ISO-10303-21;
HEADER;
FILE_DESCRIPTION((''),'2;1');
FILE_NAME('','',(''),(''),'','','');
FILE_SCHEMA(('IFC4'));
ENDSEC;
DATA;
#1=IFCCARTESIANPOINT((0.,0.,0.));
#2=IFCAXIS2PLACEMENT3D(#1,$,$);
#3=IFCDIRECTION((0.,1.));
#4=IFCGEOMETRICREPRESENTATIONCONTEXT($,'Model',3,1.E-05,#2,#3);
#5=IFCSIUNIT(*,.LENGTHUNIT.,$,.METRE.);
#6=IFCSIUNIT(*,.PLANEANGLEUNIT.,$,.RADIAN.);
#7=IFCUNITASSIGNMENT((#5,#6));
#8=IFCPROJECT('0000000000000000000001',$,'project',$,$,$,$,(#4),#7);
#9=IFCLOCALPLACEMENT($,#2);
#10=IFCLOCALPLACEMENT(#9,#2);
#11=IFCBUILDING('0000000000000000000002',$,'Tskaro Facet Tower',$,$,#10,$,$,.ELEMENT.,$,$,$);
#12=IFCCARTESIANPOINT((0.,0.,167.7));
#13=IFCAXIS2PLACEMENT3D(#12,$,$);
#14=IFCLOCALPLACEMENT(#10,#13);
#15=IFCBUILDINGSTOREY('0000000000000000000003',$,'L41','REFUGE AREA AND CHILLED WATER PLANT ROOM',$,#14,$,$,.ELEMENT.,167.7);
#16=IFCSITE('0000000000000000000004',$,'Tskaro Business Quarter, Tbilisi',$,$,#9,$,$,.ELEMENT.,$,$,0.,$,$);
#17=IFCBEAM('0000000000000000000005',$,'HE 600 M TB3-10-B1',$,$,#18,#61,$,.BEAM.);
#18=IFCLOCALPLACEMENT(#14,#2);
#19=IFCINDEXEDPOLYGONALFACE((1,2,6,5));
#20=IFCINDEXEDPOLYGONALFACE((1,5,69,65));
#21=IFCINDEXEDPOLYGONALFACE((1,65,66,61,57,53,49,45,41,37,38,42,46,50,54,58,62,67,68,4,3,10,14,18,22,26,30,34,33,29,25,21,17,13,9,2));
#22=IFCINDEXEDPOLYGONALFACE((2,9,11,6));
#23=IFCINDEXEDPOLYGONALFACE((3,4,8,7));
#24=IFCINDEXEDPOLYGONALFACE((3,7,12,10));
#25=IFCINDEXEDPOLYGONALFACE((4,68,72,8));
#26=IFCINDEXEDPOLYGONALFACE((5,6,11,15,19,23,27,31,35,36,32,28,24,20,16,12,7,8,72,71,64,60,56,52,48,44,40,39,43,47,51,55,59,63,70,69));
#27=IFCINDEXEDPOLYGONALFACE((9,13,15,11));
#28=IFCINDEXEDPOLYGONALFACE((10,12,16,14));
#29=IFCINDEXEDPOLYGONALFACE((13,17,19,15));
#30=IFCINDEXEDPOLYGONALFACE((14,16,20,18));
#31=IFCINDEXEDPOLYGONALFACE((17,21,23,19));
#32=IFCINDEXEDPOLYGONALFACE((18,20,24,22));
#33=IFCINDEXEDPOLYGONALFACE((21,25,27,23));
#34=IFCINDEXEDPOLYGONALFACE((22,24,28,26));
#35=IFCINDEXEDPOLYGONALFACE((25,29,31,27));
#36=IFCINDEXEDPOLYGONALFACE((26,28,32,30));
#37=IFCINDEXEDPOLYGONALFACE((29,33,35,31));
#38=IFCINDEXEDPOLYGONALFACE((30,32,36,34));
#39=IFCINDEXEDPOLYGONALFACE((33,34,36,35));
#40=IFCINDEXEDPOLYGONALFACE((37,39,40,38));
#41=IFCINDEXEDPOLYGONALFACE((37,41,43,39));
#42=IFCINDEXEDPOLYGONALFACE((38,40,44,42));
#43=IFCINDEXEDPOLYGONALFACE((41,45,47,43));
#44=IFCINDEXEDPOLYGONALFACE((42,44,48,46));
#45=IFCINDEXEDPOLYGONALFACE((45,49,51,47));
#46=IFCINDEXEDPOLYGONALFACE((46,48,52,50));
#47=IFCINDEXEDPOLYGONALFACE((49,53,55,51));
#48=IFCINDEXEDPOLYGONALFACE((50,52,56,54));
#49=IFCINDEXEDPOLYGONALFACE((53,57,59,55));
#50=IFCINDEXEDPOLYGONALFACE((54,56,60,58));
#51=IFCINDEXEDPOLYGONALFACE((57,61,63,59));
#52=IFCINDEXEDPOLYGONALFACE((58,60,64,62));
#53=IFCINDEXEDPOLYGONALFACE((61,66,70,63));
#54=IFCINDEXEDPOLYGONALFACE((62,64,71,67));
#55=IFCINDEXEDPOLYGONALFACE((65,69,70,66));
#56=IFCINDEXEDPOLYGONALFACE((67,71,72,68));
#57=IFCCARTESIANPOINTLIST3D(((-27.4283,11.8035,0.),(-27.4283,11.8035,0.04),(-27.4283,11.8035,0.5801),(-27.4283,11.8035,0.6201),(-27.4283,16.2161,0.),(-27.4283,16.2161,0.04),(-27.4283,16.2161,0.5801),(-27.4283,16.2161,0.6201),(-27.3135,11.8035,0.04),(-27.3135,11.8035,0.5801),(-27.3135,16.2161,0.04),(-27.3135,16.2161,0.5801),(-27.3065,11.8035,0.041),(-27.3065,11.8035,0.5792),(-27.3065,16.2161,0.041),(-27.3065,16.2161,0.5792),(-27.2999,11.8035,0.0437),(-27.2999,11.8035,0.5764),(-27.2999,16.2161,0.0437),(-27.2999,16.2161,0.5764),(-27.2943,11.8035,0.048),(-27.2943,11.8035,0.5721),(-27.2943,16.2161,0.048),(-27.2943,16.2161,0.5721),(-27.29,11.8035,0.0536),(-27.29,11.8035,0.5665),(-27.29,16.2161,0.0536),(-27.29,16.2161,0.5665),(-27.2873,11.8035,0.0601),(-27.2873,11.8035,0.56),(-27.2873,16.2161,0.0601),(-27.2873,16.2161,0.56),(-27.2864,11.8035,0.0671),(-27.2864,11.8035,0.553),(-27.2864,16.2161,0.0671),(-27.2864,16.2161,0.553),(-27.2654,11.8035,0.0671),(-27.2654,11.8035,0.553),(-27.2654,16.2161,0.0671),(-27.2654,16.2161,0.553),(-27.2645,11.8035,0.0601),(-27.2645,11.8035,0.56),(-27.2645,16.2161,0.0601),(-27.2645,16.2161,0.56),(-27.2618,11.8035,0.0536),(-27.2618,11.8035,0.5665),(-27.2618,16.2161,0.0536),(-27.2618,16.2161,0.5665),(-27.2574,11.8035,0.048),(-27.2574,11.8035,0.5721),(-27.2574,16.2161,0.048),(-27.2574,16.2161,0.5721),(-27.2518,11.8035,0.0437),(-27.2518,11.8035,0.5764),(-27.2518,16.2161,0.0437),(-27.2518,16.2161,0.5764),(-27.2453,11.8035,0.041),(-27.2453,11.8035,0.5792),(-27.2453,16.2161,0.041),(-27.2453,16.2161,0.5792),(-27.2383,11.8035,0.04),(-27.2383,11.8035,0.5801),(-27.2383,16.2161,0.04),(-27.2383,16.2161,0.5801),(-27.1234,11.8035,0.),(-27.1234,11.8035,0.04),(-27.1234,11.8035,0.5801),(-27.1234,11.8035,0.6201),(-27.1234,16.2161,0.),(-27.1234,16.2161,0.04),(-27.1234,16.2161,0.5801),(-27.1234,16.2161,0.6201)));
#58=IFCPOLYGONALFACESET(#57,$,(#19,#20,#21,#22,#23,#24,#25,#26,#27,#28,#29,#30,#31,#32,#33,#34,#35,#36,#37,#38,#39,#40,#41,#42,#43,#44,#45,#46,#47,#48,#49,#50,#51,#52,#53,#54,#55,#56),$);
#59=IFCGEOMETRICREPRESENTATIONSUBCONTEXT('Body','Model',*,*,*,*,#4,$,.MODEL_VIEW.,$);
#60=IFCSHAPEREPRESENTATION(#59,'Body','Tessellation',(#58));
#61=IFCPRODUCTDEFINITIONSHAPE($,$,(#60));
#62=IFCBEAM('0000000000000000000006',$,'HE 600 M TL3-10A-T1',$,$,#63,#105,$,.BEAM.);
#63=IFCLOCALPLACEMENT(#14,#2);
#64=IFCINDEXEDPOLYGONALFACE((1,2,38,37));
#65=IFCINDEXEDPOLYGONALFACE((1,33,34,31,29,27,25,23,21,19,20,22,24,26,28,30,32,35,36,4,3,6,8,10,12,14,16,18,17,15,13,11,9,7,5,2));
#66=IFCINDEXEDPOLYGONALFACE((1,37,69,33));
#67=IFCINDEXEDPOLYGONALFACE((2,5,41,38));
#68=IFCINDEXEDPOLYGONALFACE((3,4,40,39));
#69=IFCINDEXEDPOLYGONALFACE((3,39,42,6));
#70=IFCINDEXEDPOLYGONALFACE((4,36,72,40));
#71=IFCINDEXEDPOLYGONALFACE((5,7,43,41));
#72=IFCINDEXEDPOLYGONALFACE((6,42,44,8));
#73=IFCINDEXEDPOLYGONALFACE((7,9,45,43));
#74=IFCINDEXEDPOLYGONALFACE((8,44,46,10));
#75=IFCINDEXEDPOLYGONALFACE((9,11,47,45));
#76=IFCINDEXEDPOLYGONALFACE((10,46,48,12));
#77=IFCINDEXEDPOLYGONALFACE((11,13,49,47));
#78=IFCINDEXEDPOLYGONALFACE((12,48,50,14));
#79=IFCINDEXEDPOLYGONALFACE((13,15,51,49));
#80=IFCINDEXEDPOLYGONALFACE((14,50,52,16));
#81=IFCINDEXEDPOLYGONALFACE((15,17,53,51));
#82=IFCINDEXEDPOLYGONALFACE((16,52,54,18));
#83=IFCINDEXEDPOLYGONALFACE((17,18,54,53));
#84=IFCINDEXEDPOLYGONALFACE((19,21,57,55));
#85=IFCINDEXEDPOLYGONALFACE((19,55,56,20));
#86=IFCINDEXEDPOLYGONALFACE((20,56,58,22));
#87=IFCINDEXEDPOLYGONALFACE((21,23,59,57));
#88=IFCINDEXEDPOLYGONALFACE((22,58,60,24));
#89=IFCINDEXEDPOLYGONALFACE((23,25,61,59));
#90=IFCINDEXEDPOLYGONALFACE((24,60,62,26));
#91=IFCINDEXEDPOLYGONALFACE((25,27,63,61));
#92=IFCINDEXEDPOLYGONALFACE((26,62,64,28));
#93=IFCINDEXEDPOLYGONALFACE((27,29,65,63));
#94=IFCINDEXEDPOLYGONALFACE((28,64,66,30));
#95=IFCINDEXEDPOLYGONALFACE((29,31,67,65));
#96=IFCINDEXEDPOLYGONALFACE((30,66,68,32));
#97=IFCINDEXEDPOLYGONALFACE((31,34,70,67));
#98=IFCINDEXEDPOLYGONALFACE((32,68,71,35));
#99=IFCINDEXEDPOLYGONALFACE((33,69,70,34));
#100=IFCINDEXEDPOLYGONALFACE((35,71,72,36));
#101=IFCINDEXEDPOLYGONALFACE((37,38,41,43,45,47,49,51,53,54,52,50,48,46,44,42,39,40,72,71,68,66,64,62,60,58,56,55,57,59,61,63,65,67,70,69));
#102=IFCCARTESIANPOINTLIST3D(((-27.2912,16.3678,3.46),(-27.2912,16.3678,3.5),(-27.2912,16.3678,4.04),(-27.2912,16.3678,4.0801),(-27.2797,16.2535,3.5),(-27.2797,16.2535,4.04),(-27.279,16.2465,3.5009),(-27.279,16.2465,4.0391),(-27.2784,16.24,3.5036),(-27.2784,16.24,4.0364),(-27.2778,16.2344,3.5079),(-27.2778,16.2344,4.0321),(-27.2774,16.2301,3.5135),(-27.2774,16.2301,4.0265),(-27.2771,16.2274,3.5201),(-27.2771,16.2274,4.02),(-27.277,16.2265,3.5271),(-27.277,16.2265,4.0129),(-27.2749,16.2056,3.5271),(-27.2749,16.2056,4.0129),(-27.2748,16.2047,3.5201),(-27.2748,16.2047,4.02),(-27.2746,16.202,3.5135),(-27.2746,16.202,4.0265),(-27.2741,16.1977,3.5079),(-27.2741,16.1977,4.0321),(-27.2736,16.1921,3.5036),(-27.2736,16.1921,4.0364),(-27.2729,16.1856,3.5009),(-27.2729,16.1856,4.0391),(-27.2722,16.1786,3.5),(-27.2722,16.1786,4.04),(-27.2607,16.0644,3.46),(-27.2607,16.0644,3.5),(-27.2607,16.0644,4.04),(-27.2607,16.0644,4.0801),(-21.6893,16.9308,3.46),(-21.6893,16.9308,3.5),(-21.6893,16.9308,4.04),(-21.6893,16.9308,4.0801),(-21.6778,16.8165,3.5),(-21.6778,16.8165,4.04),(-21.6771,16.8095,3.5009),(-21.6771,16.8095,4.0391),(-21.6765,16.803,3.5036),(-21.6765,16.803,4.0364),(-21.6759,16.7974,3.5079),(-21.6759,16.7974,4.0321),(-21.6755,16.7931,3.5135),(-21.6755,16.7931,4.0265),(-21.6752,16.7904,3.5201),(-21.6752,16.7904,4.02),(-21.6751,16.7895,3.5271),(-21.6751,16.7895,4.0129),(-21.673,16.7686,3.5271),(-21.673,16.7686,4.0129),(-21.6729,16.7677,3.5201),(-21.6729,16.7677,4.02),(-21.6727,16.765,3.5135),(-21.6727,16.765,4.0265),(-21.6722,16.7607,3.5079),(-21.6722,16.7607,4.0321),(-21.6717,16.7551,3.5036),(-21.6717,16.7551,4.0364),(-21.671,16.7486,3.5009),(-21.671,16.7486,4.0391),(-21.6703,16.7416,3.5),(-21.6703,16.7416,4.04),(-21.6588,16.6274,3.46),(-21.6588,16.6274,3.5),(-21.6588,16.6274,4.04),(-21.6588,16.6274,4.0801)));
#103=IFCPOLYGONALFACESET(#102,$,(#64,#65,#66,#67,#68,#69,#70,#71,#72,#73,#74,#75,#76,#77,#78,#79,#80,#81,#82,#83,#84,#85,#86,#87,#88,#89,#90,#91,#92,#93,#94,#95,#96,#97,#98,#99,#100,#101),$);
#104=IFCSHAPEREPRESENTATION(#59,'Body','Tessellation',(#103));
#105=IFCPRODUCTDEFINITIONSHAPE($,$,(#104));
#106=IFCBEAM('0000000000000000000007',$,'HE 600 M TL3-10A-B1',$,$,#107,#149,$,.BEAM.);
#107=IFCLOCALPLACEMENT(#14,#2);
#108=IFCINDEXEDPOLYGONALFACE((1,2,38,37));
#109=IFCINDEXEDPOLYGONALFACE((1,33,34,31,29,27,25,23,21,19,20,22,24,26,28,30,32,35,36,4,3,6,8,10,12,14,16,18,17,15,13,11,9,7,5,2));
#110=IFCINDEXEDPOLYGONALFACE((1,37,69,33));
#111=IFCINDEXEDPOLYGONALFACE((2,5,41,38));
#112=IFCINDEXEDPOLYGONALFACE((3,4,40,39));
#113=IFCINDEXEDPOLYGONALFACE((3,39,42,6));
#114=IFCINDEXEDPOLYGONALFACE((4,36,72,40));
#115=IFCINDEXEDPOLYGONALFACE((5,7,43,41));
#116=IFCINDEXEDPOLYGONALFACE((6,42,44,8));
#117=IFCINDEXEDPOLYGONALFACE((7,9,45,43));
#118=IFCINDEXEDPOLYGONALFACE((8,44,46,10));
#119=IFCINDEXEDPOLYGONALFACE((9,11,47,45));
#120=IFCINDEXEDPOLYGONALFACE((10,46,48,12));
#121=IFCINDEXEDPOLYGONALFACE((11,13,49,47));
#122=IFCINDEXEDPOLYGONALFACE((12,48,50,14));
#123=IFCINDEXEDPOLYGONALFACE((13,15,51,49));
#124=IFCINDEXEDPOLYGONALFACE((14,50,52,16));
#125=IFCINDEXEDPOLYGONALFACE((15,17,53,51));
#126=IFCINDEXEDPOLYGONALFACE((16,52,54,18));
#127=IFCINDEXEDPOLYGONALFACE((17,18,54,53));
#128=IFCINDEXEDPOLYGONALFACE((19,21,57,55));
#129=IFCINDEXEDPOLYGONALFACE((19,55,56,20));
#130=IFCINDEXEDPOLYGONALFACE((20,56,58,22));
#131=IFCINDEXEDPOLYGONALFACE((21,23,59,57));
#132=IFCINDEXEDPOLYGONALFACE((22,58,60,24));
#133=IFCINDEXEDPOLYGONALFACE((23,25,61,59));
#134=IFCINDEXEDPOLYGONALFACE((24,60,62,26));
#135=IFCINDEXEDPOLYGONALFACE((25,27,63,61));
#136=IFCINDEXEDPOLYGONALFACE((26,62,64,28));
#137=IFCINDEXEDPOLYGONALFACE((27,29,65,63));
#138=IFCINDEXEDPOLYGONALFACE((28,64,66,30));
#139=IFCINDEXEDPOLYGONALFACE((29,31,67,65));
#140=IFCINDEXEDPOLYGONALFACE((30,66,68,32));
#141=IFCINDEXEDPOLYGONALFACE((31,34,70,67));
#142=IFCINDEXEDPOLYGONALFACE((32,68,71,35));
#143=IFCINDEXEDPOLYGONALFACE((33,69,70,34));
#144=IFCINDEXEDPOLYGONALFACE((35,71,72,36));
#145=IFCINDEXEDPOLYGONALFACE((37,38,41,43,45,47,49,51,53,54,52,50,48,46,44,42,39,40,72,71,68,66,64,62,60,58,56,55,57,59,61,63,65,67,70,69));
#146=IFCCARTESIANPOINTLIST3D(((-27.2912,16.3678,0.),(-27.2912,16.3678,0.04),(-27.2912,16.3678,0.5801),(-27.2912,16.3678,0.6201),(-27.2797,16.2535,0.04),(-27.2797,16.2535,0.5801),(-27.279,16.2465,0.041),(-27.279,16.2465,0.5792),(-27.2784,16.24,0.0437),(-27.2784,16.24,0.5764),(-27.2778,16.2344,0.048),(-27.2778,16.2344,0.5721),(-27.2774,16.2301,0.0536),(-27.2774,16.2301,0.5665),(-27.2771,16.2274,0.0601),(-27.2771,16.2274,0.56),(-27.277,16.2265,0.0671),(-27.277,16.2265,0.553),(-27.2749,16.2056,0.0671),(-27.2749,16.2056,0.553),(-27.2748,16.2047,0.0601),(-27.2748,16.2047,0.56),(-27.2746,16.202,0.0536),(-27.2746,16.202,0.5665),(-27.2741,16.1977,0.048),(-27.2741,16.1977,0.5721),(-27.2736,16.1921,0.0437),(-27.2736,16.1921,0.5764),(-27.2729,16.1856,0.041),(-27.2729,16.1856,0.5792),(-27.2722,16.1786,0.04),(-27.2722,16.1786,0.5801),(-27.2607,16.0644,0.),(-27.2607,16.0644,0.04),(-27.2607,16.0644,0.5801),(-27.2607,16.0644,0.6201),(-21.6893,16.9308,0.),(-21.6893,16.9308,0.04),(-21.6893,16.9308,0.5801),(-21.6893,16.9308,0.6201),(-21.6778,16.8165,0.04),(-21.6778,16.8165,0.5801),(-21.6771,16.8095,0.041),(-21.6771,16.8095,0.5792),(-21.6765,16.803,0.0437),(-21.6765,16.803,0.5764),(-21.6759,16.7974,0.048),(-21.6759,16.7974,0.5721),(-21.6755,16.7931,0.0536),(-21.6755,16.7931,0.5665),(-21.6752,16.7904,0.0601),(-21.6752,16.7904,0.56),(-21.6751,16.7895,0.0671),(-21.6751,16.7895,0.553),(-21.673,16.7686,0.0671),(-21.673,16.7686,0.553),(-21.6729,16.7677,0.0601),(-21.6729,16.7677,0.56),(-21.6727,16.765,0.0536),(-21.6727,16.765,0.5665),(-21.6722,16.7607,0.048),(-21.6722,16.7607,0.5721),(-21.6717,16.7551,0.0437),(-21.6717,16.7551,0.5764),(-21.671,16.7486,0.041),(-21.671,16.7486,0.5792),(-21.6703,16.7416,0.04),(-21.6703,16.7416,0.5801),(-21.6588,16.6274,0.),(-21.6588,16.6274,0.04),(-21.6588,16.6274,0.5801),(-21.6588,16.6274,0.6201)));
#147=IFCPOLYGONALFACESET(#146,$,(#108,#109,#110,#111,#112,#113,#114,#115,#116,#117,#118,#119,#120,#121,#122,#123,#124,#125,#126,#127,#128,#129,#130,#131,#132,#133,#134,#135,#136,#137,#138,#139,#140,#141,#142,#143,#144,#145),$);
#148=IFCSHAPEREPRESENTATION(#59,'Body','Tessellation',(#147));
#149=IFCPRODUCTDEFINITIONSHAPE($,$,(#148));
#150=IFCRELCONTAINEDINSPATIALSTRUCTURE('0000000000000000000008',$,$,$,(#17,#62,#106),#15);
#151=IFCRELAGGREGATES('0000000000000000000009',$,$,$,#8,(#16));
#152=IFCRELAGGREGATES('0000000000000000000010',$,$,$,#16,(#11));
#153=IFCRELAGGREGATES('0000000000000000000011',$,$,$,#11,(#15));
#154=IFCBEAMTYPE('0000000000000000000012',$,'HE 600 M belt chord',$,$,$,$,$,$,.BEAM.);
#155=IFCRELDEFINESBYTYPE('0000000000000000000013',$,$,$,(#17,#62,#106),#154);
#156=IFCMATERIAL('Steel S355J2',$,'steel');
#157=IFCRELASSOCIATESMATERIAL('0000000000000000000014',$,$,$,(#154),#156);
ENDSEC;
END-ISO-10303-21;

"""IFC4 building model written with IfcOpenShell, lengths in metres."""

from ifc_helpers import new_model, si_unit, direction, frame, origin, origin_2d, place, context, subcontext, project, spatial, i_section, extrude, material, material_profile, profile_set, type_object, element, save


model = new_model("IFC4")

# Units and contexts
model_context = context("Model", 3, precision=1e-05, world=origin(), true_north=direction((0.0, 1.0)))
body_context = subcontext(model_context, "Body", "Model", "MODEL_VIEW")
ifc_project = project(units=[si_unit("LENGTHUNIT", "METRE"), si_unit("PLANEANGLEUNIT", "RADIAN")], contexts=[model_context])

# Site, building, storey
site_placement = place(None, origin())
site = spatial("IfcSite", under=ifc_project, at=site_placement, Name="Tskaro Business Quarter, Tbilisi", CompositionType="ELEMENT", RefElevation=0.0)
building_placement = place(site_placement, origin())
building = spatial("IfcBuilding", under=site, at=building_placement, Name="Tskaro Facet Tower", CompositionType="ELEMENT")
storey_placement = place(building_placement, frame((0.0, 0.0, 167.7)))
storey = spatial("IfcBuildingStorey", under=building, at=storey_placement, Name="L41", Description="REFUGE AREA AND CHILLED WATER PLANT ROOM", CompositionType="ELEMENT", Elevation=167.7)

# Shared definitions
ifc_material_1 = material(Name="Steel S355J2", Category="steel")

# Beams
ifc_material_profile_1 = material_profile(ifc_material_1, i_section(OverallWidth=0.3049, OverallDepth=0.6201, WebThickness=0.021, FlangeThickness=0.04, FilletRadius=0.0271, at=origin_2d()), Name="HE 600 M")
ifc_profile_set_1 = profile_set([ifc_material_profile_1], Name="Steel S355J2")
beam_type_1 = type_object("IfcBeamType", Name="HE 600 M belt chord", PredefinedType="BEAM", material=ifc_profile_set_1)
for number, where, z_axis, x_axis, name in (
    (1, (-27.2759, 16.2161, 0.3101), (0.0, -1.0, 0.0), (1.0, 0.0, 0.0), "HE 600 M TB3-10-B1"),
):
    element("IfcBeam", number, at=place(storey_placement, frame(where, z_axis=z_axis, x_axis=x_axis)), inside=storey, type_object=beam_type_1, Name=name, PredefinedType="BEAM", context=body_context, shape_type="SweptSolid", body=[
        extrude(i_section(OverallWidth=0.3049, OverallDepth=0.6201, WebThickness=0.021, FlangeThickness=0.04, FilletRadius=0.0271, at=origin_2d()), origin(), (0.0, 0.0, 1.0), 4.4126),
    ])
for number, where, z_axis, x_axis, name in (
    (2, (-21.6741, 16.7791, 3.77), (-0.994988, -0.099997, 0.0), (0.099997, -0.994988, 0.0), "HE 600 M TL3-10A-T1"),
    (3, (-21.6741, 16.7791, 0.3101), (-0.994988, -0.099997, 0.0), (0.099997, -0.994988, 0.0), "HE 600 M TL3-10A-B1"),
):
    element("IfcBeam", number, at=place(storey_placement, frame(where, z_axis=z_axis, x_axis=x_axis)), inside=storey, type_object=beam_type_1, Name=name, PredefinedType="BEAM", context=body_context, shape_type="SweptSolid", body=[
        extrude(i_section(OverallWidth=0.3049, OverallDepth=0.6201, WebThickness=0.021, FlangeThickness=0.04, FilletRadius=0.0271, at=origin_2d()), origin(), (0.0, 0.0, 1.0), 5.6301),
    ])

save(model, "model.ifc")
